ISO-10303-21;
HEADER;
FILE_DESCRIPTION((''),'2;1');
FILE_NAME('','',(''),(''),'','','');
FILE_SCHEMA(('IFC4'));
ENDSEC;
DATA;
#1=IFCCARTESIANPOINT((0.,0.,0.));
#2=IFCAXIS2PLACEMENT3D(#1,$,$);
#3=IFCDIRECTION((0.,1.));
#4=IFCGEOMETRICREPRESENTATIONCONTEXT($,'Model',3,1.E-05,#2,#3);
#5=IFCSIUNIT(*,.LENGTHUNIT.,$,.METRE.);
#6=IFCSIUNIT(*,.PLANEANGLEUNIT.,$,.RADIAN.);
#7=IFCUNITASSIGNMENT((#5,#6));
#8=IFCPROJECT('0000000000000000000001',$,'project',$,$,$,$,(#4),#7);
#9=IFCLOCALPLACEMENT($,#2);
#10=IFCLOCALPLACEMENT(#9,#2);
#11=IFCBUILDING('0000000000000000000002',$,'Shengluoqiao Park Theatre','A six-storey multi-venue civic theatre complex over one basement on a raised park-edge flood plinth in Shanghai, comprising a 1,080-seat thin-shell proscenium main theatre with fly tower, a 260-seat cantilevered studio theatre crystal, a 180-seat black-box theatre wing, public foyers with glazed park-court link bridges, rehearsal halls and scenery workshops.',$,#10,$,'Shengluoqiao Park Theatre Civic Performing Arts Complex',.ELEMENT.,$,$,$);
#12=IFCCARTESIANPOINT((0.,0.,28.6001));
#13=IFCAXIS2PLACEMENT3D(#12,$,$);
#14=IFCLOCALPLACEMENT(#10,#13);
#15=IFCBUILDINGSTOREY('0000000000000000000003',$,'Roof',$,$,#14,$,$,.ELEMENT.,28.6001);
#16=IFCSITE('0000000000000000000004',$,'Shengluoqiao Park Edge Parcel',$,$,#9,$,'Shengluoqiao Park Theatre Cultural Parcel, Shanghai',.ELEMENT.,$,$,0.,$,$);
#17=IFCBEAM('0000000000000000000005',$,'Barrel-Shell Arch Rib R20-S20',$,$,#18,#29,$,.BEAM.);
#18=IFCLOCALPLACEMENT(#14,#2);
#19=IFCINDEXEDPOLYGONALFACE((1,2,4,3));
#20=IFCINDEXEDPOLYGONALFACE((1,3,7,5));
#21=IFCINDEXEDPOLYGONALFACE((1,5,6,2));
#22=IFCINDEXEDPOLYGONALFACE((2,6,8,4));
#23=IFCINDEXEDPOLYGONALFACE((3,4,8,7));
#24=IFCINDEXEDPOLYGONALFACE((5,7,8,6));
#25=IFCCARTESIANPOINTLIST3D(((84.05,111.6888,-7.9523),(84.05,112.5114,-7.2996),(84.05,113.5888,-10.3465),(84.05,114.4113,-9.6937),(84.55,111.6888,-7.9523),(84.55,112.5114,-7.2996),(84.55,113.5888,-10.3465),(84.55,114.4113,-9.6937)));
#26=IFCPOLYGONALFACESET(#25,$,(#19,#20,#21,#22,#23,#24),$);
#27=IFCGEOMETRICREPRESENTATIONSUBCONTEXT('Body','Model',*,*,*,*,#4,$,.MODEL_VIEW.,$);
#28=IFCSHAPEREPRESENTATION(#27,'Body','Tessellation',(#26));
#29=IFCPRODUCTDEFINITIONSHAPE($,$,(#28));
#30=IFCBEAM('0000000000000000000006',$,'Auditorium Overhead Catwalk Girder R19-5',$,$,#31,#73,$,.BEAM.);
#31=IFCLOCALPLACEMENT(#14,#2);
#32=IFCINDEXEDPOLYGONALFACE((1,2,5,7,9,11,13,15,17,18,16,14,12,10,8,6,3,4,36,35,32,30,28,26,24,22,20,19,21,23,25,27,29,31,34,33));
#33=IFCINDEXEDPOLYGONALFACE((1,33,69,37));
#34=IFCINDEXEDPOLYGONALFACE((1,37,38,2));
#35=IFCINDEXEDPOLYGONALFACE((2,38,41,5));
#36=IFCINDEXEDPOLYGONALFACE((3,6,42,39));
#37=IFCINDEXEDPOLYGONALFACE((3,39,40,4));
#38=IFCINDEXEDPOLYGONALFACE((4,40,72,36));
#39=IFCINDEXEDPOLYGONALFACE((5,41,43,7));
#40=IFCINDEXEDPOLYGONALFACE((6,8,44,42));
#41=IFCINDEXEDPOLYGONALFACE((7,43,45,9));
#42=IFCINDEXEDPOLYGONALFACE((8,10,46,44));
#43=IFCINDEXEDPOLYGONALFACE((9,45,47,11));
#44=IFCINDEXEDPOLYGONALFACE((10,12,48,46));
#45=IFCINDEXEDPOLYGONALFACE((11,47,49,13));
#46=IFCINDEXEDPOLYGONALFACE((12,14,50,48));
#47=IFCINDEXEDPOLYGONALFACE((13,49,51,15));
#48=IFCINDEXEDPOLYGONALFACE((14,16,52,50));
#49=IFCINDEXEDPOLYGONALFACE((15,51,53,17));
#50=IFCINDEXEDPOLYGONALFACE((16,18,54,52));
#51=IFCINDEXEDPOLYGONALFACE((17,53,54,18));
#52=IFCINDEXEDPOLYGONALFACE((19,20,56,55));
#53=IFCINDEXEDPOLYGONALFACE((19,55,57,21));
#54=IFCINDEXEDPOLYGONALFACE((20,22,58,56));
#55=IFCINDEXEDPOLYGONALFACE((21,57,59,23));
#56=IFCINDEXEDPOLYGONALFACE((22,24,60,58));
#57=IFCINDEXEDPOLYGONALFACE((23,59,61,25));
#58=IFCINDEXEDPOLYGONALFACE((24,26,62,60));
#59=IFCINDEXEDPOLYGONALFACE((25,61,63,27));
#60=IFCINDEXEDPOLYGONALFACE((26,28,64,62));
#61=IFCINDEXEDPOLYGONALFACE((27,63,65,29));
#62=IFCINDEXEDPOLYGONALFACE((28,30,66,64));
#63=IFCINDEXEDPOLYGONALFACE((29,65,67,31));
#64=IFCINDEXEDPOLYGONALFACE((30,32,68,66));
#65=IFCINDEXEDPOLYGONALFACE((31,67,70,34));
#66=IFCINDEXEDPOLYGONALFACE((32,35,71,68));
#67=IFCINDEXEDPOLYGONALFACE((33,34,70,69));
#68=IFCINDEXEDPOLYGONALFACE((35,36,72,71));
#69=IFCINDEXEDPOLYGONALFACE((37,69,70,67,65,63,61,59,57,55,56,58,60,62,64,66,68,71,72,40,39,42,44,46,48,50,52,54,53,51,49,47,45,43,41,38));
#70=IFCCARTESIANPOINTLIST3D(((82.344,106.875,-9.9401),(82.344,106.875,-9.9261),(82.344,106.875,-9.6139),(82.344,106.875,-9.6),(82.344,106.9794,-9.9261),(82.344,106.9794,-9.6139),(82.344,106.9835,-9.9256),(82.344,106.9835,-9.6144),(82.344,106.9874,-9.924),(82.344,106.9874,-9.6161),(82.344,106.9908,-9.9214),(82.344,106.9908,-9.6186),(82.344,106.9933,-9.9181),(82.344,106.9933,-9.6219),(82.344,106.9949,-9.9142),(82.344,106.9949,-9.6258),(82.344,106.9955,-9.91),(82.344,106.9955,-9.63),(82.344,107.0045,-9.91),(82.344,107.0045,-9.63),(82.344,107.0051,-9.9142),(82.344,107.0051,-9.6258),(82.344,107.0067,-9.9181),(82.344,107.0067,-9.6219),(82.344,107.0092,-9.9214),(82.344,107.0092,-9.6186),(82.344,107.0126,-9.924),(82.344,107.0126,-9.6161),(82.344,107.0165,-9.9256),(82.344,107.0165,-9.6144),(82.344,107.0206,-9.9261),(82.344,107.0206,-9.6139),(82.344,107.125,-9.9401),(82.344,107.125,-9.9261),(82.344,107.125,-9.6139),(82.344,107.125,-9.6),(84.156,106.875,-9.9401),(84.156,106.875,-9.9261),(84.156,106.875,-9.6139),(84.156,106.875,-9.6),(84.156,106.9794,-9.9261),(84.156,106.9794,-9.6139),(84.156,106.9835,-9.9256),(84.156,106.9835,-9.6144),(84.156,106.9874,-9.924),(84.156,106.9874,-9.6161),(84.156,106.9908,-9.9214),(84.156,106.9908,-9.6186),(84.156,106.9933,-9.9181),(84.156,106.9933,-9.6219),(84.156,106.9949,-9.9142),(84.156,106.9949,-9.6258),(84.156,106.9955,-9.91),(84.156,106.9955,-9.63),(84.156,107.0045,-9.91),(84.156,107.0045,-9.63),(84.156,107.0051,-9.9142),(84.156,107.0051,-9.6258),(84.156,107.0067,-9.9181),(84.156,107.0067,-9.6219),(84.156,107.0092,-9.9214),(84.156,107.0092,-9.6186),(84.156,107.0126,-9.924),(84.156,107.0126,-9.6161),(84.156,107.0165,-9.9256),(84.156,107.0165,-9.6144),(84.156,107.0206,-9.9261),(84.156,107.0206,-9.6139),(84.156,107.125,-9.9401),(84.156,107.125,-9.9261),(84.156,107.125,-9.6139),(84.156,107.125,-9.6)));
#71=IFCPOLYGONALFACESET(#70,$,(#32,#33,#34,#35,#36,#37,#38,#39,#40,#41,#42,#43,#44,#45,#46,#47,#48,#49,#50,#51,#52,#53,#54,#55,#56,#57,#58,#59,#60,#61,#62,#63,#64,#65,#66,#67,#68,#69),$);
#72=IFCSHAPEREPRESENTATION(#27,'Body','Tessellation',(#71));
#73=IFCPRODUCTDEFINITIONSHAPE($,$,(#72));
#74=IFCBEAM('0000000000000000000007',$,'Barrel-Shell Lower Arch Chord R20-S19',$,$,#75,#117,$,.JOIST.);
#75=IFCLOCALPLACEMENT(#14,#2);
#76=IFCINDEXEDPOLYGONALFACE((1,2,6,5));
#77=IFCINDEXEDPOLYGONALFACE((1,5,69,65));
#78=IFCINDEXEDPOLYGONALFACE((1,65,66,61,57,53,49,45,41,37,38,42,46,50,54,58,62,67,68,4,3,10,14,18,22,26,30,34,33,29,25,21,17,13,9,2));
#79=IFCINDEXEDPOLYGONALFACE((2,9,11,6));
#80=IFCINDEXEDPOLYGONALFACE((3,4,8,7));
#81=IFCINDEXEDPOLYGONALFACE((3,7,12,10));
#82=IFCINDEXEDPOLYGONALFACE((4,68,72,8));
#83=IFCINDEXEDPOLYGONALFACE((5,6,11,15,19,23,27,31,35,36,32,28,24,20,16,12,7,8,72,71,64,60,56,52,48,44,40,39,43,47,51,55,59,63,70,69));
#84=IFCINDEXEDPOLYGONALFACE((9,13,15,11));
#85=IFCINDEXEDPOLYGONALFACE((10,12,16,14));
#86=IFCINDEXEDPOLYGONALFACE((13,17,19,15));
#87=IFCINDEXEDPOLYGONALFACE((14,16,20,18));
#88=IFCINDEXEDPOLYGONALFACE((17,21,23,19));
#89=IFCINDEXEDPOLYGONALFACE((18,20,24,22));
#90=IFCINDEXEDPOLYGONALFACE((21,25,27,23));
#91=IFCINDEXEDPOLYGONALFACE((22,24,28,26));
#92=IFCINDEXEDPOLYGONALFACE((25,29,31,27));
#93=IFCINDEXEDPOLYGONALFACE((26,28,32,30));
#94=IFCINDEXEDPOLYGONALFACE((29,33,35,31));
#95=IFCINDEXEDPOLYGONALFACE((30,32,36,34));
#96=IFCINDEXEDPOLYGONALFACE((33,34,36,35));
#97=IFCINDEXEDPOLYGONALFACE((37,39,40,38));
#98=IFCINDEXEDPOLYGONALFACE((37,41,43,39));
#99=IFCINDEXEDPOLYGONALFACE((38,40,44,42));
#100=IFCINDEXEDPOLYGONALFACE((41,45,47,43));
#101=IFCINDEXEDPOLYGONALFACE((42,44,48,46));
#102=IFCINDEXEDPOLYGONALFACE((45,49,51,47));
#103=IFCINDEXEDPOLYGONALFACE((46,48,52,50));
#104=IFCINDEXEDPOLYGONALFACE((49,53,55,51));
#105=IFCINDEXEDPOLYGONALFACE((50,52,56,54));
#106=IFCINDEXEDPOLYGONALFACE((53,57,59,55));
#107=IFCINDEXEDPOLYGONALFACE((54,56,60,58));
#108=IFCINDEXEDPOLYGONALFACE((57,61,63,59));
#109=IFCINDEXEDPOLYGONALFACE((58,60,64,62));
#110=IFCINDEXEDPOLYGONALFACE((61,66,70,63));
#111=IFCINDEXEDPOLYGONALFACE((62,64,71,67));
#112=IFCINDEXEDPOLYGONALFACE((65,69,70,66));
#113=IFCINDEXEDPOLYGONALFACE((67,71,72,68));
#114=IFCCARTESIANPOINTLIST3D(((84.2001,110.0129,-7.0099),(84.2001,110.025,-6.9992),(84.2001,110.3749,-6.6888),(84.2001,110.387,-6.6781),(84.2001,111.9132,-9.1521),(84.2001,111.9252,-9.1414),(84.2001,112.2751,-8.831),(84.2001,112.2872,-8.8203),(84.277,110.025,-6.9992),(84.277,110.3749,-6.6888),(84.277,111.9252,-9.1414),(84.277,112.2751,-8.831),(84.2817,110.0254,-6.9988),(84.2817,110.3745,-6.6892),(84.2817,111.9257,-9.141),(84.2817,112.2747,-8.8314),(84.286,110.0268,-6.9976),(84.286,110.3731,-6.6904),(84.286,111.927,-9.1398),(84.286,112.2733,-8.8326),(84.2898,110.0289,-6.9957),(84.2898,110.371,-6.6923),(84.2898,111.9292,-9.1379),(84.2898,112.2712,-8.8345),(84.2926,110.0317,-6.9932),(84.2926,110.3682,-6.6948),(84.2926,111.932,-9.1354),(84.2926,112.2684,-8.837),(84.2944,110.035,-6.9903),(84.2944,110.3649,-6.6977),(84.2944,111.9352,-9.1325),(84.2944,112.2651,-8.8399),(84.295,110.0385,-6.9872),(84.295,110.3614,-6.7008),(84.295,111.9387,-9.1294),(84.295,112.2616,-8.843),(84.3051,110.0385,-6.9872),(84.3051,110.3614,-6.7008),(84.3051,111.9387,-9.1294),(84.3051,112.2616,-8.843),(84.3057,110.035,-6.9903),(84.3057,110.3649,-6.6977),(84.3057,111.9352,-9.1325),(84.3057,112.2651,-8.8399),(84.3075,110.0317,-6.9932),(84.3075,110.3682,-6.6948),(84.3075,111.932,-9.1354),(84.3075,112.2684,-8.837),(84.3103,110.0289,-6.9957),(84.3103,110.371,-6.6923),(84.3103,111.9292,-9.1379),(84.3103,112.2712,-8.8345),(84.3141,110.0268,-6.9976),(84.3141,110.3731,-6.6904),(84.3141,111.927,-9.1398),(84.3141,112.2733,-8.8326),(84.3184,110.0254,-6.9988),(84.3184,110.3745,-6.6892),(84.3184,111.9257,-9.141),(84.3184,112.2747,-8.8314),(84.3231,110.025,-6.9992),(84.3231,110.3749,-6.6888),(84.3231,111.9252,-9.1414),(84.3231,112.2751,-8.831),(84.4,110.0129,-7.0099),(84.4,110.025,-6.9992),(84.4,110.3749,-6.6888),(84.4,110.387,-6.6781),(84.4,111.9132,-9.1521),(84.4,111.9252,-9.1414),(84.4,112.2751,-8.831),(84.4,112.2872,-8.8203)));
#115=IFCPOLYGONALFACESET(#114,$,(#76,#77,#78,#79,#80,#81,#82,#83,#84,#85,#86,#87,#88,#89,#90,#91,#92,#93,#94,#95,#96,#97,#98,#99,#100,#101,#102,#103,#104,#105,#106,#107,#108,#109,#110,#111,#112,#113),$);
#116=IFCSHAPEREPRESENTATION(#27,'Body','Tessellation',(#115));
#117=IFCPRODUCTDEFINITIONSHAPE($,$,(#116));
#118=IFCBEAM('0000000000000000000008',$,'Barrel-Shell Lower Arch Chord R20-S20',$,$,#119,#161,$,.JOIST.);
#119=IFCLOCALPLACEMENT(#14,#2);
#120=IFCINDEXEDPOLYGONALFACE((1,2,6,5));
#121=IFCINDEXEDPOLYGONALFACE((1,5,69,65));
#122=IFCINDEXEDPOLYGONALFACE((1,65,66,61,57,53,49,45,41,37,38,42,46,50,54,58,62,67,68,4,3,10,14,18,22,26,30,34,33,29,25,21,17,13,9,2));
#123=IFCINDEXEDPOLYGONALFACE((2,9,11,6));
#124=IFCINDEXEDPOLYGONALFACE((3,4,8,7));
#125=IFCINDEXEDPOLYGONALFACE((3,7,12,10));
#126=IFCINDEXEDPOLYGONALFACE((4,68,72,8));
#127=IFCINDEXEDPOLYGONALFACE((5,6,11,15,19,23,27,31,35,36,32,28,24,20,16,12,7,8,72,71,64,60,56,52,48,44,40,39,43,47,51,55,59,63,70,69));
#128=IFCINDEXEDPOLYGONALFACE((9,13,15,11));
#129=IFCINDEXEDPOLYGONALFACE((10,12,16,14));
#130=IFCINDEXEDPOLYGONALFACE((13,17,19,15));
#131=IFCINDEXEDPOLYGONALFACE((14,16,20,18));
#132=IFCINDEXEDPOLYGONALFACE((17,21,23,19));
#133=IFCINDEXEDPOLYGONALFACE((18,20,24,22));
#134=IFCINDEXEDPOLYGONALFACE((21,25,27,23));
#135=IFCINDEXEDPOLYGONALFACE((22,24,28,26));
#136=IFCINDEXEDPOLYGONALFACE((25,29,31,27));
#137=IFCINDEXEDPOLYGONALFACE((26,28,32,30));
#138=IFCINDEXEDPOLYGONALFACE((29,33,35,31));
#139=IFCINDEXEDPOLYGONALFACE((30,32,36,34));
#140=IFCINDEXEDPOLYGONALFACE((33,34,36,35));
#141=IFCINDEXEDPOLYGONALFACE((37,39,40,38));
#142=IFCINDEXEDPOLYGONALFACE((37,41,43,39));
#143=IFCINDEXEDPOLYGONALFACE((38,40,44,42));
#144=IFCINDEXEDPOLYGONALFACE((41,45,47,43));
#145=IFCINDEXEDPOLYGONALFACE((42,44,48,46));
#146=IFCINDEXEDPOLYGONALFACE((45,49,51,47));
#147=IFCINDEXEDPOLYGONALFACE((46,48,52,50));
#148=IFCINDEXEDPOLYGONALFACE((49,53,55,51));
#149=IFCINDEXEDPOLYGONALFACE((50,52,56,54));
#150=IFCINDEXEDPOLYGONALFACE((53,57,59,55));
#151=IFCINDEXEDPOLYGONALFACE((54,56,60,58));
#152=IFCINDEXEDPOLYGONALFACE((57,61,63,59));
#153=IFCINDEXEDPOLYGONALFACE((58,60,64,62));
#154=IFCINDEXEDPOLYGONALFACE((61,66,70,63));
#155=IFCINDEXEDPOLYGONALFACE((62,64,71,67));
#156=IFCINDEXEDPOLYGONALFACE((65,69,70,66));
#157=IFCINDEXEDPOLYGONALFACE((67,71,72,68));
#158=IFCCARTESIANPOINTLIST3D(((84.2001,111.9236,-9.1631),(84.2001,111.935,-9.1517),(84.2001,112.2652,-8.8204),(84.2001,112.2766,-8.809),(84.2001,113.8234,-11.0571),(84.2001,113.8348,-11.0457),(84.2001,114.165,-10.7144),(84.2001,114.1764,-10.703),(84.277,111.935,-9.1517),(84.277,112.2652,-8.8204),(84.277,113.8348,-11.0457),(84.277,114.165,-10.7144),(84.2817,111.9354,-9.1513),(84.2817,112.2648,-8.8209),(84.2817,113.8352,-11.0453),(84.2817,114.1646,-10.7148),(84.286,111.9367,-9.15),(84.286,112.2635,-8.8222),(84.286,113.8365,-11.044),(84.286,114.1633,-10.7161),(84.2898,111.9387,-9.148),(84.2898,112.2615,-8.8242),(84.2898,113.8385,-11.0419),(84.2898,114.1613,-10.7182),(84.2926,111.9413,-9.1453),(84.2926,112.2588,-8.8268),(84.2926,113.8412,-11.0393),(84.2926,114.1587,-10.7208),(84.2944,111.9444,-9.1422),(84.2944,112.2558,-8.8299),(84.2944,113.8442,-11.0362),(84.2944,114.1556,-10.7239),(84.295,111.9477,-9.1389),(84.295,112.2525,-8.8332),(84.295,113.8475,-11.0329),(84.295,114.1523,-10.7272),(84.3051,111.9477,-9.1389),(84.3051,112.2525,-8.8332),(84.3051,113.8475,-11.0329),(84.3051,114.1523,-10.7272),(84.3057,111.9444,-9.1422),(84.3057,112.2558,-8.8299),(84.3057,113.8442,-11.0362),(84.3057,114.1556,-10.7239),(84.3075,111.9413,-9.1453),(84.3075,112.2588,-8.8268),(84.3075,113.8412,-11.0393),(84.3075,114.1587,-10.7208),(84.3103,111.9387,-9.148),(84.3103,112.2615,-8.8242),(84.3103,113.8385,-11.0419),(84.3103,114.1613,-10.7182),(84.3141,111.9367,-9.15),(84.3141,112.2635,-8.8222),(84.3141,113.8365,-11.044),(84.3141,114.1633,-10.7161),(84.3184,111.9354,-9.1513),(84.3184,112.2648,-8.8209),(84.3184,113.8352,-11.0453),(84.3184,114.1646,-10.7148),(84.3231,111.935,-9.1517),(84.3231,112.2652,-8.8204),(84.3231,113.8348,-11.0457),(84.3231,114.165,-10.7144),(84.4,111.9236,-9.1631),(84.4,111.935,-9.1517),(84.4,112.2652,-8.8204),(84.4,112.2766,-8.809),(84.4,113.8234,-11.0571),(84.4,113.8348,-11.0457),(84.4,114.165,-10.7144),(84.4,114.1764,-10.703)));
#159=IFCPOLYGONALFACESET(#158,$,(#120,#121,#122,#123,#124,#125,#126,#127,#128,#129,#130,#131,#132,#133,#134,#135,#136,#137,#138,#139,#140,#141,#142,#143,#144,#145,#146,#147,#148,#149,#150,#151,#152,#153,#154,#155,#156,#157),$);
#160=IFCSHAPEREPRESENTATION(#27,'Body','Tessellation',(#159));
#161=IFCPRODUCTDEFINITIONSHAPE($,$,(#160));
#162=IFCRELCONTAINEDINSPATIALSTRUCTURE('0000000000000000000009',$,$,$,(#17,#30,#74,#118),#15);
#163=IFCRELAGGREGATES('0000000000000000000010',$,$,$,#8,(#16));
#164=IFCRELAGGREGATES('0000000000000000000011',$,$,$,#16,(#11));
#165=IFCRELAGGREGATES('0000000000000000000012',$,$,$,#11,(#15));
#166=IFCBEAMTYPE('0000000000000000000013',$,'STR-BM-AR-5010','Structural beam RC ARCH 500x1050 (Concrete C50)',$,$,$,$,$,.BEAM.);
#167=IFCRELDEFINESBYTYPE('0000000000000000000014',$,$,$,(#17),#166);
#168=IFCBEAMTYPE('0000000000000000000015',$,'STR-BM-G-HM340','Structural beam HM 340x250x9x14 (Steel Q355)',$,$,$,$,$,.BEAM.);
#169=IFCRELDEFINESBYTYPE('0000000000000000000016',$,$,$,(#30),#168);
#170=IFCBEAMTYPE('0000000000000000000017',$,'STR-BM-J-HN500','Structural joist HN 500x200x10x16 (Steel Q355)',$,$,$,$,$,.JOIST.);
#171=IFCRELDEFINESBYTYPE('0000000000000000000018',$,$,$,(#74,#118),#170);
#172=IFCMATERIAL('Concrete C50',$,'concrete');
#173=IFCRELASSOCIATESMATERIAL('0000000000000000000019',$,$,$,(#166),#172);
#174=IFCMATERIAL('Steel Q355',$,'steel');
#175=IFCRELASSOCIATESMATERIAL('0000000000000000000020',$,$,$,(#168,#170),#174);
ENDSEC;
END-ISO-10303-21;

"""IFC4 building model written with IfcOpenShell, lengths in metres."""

from ifc_helpers import new_model, si_unit, direction, frame, origin, origin_2d, place, context, subcontext, project, spatial, rectangle, i_section, extrude, material, material_profile, profile_set, type_object, element, save


model = new_model("IFC4")

# Units and contexts
model_context = context("Model", 3, precision=1e-05, world=origin(), true_north=direction((0.0, 1.0)))
body_context = subcontext(model_context, "Body", "Model", "MODEL_VIEW")
ifc_project = project(units=[si_unit("LENGTHUNIT", "METRE"), si_unit("PLANEANGLEUNIT", "RADIAN")], contexts=[model_context])

# Site, building, storey
site_placement = place(None, origin())
site = spatial("IfcSite", under=ifc_project, at=site_placement, Name="Shengluoqiao Park Edge Parcel", LongName="Shengluoqiao Park Theatre Cultural Parcel, Shanghai", CompositionType="ELEMENT", RefElevation=0.0)
building_placement = place(site_placement, origin())
building = spatial("IfcBuilding", under=site, at=building_placement, Name="Shengluoqiao Park Theatre", Description="A six-storey multi-venue civic theatre complex over one basement on a raised park-edge flood plinth in Shanghai, comprising a 1,080-seat thin-shell proscenium main theatre with fly tower, a 260-seat cantilevered studio theatre crystal, a 180-seat black-box theatre wing, public foyers with glazed park-court link bridges, rehearsal halls and scenery workshops.", LongName="Shengluoqiao Park Theatre Civic Performing Arts Complex", CompositionType="ELEMENT")
storey_placement = place(building_placement, frame((0.0, 0.0, 28.6001)))
storey = spatial("IfcBuildingStorey", under=building, at=storey_placement, Name="Roof", CompositionType="ELEMENT", Elevation=28.6001)

# Beams
ifc_material_1 = material(Name="Concrete C50", Category="concrete")
ifc_material_profile_1 = material_profile(ifc_material_1, rectangle(XDim=0.5, YDim=1.05, at=origin_2d()), Name="RC ARCH 500x1050")
ifc_profile_set_1 = profile_set([ifc_material_profile_1], Name="Concrete C50")
beam_type_1 = type_object("IfcBeamType", Name="STR-BM-AR-5010", Description="Structural beam RC ARCH 500x1050 (Concrete C50)", PredefinedType="BEAM", material=ifc_profile_set_1)
beam_1_placement = place(storey_placement, frame((84.3, 112.1001, -7.626), z_axis=(0.0, 0.621631, -0.78331), x_axis=(-1.0, 0.0, 0.0)))
element("IfcBeam", 1, at=beam_1_placement, inside=storey, type_object=beam_type_1, Name="Barrel-Shell Arch Rib R20-S20", PredefinedType="BEAM", context=body_context, shape_type="SweptSolid", body=[
    extrude(rectangle(XDim=0.5, YDim=1.05, at=origin_2d()), origin(), (0.0, 0.0, 1.0), 3.0564),
])
ifc_material_2 = material(Name="Steel Q355", Category="steel")
ifc_material_profile_2 = material_profile(ifc_material_2, i_section(OverallWidth=0.25, OverallDepth=0.3401, WebThickness=0.009, FlangeThickness=0.0139, FilletRadius=0.0161, at=origin_2d()), Name="HM 340x250x9x14")
ifc_profile_set_2 = profile_set([ifc_material_profile_2], Name="Steel Q355")
beam_type_2 = type_object("IfcBeamType", Name="STR-BM-G-HM340", Description="Structural beam HM 340x250x9x14 (Steel Q355)", PredefinedType="BEAM", material=ifc_profile_set_2)
beam_2_placement = place(storey_placement, frame((82.344, 107.0, -9.77), z_axis=(1.0, 0.0, 0.0), x_axis=(0.0, 1.0, 0.0)))
element("IfcBeam", 2, at=beam_2_placement, inside=storey, type_object=beam_type_2, Name="Auditorium Overhead Catwalk Girder R19-5", PredefinedType="BEAM", context=body_context, shape_type="SweptSolid", body=[
    extrude(i_section(OverallWidth=0.25, OverallDepth=0.3401, WebThickness=0.009, FlangeThickness=0.0139, FilletRadius=0.0161, at=origin_2d()), origin(), (0.0, 0.0, 1.0), 1.812),
])
ifc_material_profile_3 = material_profile(ifc_material_2, i_section(OverallWidth=0.2, OverallDepth=0.5, WebThickness=0.01, FlangeThickness=0.0161, FilletRadius=0.0181, at=origin_2d()), Name="HN 500x200x10x16")
ifc_profile_set_3 = profile_set([ifc_material_profile_3], Name="Steel Q355")
beam_type_3 = type_object("IfcBeamType", Name="STR-BM-J-HN500", Description="Structural joist HN 500x200x10x16 (Steel Q355)", PredefinedType="JOIST", material=ifc_profile_set_3)
beam_3_placement = place(storey_placement, frame((84.3, 110.2, -6.844), z_axis=(0.0, 0.663596, -0.748091), x_axis=(-1.0, 0.0, 0.0)))
element("IfcBeam", 3, at=beam_3_placement, inside=storey, type_object=beam_type_3, Name="Barrel-Shell Lower Arch Chord R20-S19", PredefinedType="JOIST", context=body_context, shape_type="SweptSolid", body=[
    extrude(i_section(OverallWidth=0.2, OverallDepth=0.5, WebThickness=0.01, FlangeThickness=0.0161, FilletRadius=0.0181, at=origin_2d()), origin(), (0.0, 0.0, 1.0), 2.8635),
])
beam_4_placement = place(storey_placement, frame((84.3, 112.1001, -8.9861), z_axis=(0.0, 0.708198, -0.706014), x_axis=(-1.0, 0.0, 0.0)))
element("IfcBeam", 4, at=beam_4_placement, inside=storey, type_object=beam_type_3, Name="Barrel-Shell Lower Arch Chord R20-S20", PredefinedType="JOIST", context=body_context, shape_type="SweptSolid", body=[
    extrude(i_section(OverallWidth=0.2, OverallDepth=0.5, WebThickness=0.01, FlangeThickness=0.0161, FilletRadius=0.0181, at=origin_2d()), origin(), (0.0, 0.0, 1.0), 2.6826),
])

save(model, "model.ifc")
